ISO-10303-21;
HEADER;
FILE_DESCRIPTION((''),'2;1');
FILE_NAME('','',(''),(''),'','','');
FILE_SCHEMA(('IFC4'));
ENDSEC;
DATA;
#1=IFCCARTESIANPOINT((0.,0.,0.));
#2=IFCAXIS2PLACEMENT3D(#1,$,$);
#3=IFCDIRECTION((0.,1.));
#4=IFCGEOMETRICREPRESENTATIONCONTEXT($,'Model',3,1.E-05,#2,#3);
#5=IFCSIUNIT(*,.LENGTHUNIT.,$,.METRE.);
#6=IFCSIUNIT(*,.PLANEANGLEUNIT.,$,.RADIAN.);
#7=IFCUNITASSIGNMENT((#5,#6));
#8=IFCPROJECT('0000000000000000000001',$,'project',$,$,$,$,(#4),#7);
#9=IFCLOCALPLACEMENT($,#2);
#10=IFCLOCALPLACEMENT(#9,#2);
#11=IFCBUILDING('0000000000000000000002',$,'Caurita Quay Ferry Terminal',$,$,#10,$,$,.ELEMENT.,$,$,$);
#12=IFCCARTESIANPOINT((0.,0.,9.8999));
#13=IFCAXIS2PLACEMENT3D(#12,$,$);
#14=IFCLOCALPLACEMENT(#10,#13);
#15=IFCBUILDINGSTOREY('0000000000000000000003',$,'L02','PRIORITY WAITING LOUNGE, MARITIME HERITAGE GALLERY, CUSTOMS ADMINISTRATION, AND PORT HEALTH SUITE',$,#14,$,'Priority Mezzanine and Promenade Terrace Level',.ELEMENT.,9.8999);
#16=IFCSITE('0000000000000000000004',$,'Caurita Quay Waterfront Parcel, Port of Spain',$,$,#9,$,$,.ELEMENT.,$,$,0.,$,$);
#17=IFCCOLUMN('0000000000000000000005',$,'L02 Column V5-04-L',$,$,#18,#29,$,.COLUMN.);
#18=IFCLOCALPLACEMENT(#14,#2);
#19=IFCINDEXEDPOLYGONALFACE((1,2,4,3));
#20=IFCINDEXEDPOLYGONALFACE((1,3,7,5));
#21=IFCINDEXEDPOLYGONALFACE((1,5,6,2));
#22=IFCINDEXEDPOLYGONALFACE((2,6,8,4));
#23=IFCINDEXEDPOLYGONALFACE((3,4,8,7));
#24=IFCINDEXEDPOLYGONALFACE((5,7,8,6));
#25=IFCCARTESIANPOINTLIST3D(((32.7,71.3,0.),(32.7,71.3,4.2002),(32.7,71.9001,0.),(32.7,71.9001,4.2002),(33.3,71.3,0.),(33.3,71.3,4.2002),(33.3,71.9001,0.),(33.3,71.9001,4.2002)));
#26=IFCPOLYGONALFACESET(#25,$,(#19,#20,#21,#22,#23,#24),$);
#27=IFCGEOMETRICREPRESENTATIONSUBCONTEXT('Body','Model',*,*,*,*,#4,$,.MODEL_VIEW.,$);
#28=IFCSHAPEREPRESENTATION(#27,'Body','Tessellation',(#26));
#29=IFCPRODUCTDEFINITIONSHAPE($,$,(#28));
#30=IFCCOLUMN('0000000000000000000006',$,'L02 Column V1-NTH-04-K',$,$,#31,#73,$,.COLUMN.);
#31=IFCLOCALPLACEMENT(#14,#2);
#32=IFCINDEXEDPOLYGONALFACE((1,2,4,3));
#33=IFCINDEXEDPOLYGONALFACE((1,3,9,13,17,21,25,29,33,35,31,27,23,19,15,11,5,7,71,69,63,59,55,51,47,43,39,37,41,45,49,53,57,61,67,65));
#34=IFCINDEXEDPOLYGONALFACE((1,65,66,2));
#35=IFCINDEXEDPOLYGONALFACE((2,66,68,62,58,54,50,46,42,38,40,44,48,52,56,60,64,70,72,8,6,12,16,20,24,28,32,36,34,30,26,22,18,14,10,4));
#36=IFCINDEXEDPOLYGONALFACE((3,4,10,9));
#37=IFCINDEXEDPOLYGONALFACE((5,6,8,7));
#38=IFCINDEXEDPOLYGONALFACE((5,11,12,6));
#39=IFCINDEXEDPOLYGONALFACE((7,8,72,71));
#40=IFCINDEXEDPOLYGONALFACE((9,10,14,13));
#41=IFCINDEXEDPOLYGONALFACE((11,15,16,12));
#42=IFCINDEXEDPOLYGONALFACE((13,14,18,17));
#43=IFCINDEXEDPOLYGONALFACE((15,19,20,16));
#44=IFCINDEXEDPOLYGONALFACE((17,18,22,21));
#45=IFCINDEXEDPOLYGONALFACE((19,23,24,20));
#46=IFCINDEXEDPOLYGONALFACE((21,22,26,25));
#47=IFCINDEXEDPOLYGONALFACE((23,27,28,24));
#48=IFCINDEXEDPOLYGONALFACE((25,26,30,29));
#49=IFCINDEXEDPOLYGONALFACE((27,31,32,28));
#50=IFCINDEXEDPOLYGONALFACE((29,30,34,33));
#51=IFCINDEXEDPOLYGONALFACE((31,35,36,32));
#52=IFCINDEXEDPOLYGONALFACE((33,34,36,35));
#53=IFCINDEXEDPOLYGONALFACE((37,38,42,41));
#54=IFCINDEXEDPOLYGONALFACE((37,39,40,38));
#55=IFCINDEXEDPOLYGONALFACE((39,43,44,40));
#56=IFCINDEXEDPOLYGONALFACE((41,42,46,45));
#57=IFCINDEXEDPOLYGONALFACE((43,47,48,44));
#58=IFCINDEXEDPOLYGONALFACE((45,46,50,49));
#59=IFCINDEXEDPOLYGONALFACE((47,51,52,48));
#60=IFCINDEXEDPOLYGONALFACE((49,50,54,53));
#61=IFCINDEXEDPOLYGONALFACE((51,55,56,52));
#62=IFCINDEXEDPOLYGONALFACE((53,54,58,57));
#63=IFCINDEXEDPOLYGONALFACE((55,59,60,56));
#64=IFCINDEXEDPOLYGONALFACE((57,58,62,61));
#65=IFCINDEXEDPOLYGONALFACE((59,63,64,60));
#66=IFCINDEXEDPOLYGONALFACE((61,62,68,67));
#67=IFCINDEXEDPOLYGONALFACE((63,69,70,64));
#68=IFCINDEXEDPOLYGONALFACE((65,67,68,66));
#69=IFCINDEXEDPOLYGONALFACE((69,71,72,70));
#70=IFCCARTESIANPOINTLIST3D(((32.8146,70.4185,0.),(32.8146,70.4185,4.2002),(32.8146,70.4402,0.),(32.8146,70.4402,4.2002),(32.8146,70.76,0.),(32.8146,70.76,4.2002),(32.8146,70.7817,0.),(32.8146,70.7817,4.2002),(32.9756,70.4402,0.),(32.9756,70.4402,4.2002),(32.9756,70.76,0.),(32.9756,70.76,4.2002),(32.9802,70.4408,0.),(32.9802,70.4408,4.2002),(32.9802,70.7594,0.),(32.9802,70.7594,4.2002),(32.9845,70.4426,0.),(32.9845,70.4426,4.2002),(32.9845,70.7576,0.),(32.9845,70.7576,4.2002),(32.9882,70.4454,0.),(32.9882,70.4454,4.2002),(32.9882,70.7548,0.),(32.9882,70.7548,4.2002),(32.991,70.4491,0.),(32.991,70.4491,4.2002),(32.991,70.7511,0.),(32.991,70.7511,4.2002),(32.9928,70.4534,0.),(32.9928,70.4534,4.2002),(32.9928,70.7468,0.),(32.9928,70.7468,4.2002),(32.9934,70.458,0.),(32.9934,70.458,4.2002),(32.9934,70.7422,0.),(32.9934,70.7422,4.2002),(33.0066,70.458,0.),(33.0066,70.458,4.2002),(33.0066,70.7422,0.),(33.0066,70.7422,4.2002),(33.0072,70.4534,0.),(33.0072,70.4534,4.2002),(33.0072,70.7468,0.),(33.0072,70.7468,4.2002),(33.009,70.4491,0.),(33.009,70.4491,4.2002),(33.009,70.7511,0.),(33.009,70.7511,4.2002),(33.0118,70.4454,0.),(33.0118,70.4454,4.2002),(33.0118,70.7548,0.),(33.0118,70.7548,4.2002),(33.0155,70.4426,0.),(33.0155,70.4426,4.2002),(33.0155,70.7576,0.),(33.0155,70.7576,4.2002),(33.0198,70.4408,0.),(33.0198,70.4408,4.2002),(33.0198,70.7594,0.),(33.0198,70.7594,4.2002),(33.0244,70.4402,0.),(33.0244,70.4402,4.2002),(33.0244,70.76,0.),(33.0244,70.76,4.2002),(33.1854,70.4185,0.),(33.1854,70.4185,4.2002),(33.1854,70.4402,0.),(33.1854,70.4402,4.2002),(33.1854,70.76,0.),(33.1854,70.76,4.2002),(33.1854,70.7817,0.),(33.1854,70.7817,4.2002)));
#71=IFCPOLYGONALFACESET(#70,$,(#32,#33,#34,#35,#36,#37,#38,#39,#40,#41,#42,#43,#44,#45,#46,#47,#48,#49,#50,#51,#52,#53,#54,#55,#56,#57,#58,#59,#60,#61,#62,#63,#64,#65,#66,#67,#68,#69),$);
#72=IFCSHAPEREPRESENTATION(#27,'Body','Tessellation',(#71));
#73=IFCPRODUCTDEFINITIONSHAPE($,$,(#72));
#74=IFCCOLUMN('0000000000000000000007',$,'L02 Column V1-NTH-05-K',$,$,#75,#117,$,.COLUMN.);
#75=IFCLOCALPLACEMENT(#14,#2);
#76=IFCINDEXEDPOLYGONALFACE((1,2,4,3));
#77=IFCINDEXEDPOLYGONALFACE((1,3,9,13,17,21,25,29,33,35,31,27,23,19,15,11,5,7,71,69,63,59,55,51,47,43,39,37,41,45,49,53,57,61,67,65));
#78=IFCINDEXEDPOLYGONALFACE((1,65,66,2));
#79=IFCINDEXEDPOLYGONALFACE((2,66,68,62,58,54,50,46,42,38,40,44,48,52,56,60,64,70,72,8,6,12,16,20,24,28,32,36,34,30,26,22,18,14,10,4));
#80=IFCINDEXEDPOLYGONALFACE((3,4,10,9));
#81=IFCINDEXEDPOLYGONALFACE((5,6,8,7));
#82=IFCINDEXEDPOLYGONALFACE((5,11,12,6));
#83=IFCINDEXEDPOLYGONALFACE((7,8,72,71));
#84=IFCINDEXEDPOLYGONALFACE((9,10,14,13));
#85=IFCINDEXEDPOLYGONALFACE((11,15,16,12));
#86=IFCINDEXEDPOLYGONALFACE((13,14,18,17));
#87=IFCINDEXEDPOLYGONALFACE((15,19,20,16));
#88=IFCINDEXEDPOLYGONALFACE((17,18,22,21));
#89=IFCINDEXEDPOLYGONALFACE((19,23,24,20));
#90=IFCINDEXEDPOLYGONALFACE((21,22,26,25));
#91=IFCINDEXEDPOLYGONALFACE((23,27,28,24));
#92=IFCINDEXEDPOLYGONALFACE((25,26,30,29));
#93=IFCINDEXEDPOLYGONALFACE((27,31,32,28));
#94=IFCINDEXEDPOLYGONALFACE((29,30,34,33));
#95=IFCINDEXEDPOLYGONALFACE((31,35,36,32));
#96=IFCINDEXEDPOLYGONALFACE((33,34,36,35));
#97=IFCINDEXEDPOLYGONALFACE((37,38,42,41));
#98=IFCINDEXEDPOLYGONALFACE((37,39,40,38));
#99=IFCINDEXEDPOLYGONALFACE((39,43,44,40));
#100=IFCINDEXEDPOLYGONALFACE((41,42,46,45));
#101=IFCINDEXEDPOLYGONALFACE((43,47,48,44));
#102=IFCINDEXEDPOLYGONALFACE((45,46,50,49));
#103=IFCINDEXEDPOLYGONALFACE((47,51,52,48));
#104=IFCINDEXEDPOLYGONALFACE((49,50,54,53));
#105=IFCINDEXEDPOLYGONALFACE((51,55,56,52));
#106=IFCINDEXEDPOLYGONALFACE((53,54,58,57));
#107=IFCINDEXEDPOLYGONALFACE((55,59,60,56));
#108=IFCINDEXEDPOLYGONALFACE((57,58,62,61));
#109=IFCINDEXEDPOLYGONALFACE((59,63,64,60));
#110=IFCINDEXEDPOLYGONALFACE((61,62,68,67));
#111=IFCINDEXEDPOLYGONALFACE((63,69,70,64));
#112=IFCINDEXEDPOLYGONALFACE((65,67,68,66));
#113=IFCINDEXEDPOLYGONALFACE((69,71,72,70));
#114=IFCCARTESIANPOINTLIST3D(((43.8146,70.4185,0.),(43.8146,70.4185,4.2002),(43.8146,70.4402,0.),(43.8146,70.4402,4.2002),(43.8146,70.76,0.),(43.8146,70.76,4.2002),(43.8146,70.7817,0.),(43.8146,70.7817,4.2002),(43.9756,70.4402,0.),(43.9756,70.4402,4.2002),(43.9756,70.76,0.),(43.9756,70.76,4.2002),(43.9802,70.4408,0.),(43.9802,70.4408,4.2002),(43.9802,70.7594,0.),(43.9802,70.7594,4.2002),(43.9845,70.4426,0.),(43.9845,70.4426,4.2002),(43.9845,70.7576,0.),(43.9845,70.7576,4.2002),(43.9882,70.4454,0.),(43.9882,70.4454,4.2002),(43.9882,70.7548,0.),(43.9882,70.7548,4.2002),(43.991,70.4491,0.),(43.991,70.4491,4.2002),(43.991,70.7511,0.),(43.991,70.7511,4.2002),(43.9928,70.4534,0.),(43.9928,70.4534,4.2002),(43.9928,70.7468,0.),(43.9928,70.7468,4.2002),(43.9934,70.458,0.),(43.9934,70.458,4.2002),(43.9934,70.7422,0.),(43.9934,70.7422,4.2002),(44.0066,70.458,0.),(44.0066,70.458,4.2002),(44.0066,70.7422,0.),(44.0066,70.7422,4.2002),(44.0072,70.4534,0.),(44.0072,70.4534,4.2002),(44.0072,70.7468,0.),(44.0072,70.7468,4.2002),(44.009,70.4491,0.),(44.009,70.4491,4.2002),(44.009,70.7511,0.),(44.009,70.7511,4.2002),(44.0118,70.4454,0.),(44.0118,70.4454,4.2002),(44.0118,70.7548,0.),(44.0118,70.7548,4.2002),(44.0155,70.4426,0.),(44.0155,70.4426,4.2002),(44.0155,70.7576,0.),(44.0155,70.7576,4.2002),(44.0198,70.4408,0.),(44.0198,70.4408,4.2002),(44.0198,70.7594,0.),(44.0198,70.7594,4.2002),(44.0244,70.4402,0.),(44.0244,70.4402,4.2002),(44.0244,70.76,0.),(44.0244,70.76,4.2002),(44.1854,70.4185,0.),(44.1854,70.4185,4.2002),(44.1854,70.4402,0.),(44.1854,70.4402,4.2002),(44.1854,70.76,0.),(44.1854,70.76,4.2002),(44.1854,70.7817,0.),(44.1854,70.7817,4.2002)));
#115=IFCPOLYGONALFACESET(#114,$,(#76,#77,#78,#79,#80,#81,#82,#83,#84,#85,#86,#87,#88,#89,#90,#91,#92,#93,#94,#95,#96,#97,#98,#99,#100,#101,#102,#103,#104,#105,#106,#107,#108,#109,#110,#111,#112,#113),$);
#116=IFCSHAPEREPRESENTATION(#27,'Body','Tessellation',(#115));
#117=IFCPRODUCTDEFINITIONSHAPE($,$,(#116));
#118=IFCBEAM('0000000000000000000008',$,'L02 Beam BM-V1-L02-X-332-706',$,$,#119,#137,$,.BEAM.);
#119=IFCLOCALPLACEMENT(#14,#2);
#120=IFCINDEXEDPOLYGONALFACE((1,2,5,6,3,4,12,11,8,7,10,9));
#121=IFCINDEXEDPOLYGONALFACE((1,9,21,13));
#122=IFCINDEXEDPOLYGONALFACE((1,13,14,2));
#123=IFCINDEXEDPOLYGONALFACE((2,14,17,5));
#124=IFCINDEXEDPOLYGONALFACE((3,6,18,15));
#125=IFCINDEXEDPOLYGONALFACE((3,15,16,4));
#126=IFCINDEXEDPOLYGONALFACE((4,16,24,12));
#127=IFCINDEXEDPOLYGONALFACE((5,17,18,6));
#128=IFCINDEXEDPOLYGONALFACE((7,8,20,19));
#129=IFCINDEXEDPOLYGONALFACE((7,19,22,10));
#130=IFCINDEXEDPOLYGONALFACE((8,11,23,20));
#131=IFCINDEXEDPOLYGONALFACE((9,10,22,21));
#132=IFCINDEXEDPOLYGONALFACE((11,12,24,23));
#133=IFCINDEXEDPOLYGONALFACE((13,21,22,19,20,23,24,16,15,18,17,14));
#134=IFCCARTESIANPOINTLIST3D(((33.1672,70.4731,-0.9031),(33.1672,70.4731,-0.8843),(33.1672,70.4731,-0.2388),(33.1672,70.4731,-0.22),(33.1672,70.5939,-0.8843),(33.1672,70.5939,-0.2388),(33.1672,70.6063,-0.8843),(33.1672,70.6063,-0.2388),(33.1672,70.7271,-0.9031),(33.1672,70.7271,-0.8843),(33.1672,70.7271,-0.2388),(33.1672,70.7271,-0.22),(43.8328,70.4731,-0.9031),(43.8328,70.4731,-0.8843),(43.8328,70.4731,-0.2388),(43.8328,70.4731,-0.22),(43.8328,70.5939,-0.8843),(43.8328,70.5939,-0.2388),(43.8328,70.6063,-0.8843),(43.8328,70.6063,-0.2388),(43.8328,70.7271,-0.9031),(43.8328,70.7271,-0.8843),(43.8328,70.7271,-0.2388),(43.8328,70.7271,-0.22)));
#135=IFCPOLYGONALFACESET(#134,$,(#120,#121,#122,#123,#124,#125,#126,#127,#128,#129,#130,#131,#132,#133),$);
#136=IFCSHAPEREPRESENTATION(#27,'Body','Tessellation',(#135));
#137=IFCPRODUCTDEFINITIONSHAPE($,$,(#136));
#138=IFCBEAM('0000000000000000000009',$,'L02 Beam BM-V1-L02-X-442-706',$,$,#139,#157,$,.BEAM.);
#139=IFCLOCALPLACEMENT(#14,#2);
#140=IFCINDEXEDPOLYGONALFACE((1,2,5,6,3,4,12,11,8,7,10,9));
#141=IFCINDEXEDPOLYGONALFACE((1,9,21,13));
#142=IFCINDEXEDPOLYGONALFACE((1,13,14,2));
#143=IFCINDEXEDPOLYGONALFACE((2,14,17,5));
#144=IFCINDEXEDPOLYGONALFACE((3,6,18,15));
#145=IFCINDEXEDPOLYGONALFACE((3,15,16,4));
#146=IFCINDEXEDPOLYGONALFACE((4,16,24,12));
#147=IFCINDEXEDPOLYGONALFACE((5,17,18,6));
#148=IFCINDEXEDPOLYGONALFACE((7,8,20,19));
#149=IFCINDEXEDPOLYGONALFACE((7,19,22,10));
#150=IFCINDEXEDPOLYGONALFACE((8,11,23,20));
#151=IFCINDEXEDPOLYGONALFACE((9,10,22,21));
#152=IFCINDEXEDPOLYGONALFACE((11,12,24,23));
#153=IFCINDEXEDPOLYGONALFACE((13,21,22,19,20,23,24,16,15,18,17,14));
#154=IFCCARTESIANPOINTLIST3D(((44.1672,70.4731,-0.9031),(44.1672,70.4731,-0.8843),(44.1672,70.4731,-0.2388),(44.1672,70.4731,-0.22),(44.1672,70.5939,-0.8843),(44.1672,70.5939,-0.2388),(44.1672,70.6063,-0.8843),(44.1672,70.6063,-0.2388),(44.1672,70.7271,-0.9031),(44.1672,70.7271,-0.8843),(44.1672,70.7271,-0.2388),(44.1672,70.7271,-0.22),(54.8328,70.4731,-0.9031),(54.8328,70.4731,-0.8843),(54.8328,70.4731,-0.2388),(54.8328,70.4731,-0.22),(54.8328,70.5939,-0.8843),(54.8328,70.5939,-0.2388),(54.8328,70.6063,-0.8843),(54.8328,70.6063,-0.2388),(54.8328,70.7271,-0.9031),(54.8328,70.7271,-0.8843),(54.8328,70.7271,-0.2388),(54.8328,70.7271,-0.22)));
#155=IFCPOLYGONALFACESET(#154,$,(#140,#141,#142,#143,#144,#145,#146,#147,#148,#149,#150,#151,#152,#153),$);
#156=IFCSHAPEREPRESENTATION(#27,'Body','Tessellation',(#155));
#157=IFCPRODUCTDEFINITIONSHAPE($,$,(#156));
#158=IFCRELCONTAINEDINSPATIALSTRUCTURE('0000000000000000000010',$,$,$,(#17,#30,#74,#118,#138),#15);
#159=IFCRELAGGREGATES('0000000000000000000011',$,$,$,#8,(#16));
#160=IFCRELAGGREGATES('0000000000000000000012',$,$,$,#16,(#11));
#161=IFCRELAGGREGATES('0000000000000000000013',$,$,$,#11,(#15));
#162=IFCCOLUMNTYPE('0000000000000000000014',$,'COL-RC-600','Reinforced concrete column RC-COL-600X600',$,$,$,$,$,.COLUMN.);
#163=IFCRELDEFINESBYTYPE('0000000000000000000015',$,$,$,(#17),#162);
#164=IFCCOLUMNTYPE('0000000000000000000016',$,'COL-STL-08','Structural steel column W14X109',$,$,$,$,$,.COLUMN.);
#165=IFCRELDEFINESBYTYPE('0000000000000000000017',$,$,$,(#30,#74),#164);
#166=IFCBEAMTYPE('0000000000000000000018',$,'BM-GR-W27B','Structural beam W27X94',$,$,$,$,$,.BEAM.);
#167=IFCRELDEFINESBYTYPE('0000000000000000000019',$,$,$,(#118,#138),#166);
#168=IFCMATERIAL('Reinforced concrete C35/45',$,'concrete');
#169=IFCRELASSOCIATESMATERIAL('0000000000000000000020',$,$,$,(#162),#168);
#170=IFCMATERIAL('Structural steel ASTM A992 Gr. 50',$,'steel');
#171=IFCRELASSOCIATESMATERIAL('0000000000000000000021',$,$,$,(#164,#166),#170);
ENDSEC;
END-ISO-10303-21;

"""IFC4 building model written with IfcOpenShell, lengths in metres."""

from ifc_helpers import new_model, si_unit, direction, frame, origin, origin_2d, place, context, subcontext, project, spatial, rectangle, i_section, extrude, material, material_profile, profile_set, type_object, element, save


model = new_model("IFC4")

# Units and contexts
model_context = context("Model", 3, precision=1e-05, world=origin(), true_north=direction((0.0, 1.0)))
body_context = subcontext(model_context, "Body", "Model", "MODEL_VIEW")
ifc_project = project(units=[si_unit("LENGTHUNIT", "METRE"), si_unit("PLANEANGLEUNIT", "RADIAN")], contexts=[model_context])

# Site, building, storey
site_placement = place(None, origin())
site = spatial("IfcSite", under=ifc_project, at=site_placement, Name="Caurita Quay Waterfront Parcel, Port of Spain", CompositionType="ELEMENT", RefElevation=0.0)
building_placement = place(site_placement, origin())
building = spatial("IfcBuilding", under=site, at=building_placement, Name="Caurita Quay Ferry Terminal", CompositionType="ELEMENT")
storey_placement = place(building_placement, frame((0.0, 0.0, 9.8999)))
storey = spatial("IfcBuildingStorey", under=building, at=storey_placement, Name="L02", Description="PRIORITY WAITING LOUNGE, MARITIME HERITAGE GALLERY, CUSTOMS ADMINISTRATION, AND PORT HEALTH SUITE", LongName="Priority Mezzanine and Promenade Terrace Level", CompositionType="ELEMENT", Elevation=9.8999)

# Columns
ifc_material_1 = material(Name="Reinforced concrete C35/45", Category="concrete")
ifc_material_profile_1 = material_profile(ifc_material_1, rectangle(XDim=0.6001, YDim=0.6001, at=origin_2d()), Name="RC-COL-600X600")
ifc_profile_set_1 = profile_set([ifc_material_profile_1], Name="Reinforced concrete C35/45")
column_type_1 = type_object("IfcColumnType", Name="COL-RC-600", Description="Reinforced concrete column RC-COL-600X600", PredefinedType="COLUMN", material=ifc_profile_set_1)
column_placement = place(storey_placement, frame((33.0, 71.6001, 0.0), z_axis=(0.0, 0.0, 1.0), x_axis=(1.0, 0.0, 0.0)))
element("IfcColumn", 1, at=column_placement, inside=storey, type_object=column_type_1, Name="L02 Column V5-04-L", PredefinedType="COLUMN", context=body_context, shape_type="SweptSolid", body=[
    extrude(rectangle(XDim=0.6001, YDim=0.6001, at=origin_2d()), origin(), (0.0, 0.0, 1.0), 4.2002),
])
ifc_material_2 = material(Name="Structural steel ASTM A992 Gr. 50", Category="steel")
ifc_material_profile_2 = material_profile(ifc_material_2, i_section(OverallWidth=0.3708, OverallDepth=0.3633, WebThickness=0.0132, FlangeThickness=0.0217, FilletRadius=0.0178, at=origin_2d()), Name="W14X109")
ifc_profile_set_2 = profile_set([ifc_material_profile_2], Name="Structural steel ASTM A992 Gr. 50")
column_type_2 = type_object("IfcColumnType", Name="COL-STL-08", Description="Structural steel column W14X109", PredefinedType="COLUMN", material=ifc_profile_set_2)
for number, where, z_axis, x_axis, name in (
    (2, (33.0, 70.6001, 0.0), (0.0, 0.0, 1.0), (1.0, 0.0, 0.0), "L02 Column V1-NTH-04-K"),
    (3, (44.0, 70.6001, 0.0), (0.0, 0.0, 1.0), (1.0, 0.0, 0.0), "L02 Column V1-NTH-05-K"),
):
    element("IfcColumn", number, at=place(storey_placement, frame(where, z_axis=z_axis, x_axis=x_axis)), inside=storey, type_object=column_type_2, Name=name, PredefinedType="COLUMN", context=body_context, shape_type="SweptSolid", body=[
        extrude(i_section(OverallWidth=0.3708, OverallDepth=0.3633, WebThickness=0.0132, FlangeThickness=0.0217, FilletRadius=0.0178, at=origin_2d()), origin(), (0.0, 0.0, 1.0), 4.2002),
    ])

# Beams
ifc_material_profile_3 = material_profile(ifc_material_2, i_section(OverallWidth=0.2539, OverallDepth=0.6831, WebThickness=0.0125, FlangeThickness=0.0188, at=origin_2d()), Name="W27X94")
ifc_profile_set_3 = profile_set([ifc_material_profile_3], Name="Structural steel ASTM A992 Gr. 50")
beam_type_1 = type_object("IfcBeamType", Name="BM-GR-W27B", Description="Structural beam W27X94", PredefinedType="BEAM", material=ifc_profile_set_3)
for number, where, z_axis, x_axis, name in (
    (4, (33.1672, 70.6001, -0.5615), (1.0, 0.0, 0.0), (0.0, 1.0, 0.0), "L02 Beam BM-V1-L02-X-332-706"),
    (5, (44.1672, 70.6001, -0.5615), (1.0, 0.0, 0.0), (0.0, 1.0, 0.0), "L02 Beam BM-V1-L02-X-442-706"),
):
    element("IfcBeam", number, at=place(storey_placement, frame(where, z_axis=z_axis, x_axis=x_axis)), inside=storey, type_object=beam_type_1, Name=name, PredefinedType="BEAM", context=body_context, shape_type="SweptSolid", body=[
        extrude(i_section(OverallWidth=0.2539, OverallDepth=0.6831, WebThickness=0.0125, FlangeThickness=0.0188, at=origin_2d()), origin(), (0.0, 0.0, 1.0), 10.6655),
    ])

save(model, "model.ifc")
